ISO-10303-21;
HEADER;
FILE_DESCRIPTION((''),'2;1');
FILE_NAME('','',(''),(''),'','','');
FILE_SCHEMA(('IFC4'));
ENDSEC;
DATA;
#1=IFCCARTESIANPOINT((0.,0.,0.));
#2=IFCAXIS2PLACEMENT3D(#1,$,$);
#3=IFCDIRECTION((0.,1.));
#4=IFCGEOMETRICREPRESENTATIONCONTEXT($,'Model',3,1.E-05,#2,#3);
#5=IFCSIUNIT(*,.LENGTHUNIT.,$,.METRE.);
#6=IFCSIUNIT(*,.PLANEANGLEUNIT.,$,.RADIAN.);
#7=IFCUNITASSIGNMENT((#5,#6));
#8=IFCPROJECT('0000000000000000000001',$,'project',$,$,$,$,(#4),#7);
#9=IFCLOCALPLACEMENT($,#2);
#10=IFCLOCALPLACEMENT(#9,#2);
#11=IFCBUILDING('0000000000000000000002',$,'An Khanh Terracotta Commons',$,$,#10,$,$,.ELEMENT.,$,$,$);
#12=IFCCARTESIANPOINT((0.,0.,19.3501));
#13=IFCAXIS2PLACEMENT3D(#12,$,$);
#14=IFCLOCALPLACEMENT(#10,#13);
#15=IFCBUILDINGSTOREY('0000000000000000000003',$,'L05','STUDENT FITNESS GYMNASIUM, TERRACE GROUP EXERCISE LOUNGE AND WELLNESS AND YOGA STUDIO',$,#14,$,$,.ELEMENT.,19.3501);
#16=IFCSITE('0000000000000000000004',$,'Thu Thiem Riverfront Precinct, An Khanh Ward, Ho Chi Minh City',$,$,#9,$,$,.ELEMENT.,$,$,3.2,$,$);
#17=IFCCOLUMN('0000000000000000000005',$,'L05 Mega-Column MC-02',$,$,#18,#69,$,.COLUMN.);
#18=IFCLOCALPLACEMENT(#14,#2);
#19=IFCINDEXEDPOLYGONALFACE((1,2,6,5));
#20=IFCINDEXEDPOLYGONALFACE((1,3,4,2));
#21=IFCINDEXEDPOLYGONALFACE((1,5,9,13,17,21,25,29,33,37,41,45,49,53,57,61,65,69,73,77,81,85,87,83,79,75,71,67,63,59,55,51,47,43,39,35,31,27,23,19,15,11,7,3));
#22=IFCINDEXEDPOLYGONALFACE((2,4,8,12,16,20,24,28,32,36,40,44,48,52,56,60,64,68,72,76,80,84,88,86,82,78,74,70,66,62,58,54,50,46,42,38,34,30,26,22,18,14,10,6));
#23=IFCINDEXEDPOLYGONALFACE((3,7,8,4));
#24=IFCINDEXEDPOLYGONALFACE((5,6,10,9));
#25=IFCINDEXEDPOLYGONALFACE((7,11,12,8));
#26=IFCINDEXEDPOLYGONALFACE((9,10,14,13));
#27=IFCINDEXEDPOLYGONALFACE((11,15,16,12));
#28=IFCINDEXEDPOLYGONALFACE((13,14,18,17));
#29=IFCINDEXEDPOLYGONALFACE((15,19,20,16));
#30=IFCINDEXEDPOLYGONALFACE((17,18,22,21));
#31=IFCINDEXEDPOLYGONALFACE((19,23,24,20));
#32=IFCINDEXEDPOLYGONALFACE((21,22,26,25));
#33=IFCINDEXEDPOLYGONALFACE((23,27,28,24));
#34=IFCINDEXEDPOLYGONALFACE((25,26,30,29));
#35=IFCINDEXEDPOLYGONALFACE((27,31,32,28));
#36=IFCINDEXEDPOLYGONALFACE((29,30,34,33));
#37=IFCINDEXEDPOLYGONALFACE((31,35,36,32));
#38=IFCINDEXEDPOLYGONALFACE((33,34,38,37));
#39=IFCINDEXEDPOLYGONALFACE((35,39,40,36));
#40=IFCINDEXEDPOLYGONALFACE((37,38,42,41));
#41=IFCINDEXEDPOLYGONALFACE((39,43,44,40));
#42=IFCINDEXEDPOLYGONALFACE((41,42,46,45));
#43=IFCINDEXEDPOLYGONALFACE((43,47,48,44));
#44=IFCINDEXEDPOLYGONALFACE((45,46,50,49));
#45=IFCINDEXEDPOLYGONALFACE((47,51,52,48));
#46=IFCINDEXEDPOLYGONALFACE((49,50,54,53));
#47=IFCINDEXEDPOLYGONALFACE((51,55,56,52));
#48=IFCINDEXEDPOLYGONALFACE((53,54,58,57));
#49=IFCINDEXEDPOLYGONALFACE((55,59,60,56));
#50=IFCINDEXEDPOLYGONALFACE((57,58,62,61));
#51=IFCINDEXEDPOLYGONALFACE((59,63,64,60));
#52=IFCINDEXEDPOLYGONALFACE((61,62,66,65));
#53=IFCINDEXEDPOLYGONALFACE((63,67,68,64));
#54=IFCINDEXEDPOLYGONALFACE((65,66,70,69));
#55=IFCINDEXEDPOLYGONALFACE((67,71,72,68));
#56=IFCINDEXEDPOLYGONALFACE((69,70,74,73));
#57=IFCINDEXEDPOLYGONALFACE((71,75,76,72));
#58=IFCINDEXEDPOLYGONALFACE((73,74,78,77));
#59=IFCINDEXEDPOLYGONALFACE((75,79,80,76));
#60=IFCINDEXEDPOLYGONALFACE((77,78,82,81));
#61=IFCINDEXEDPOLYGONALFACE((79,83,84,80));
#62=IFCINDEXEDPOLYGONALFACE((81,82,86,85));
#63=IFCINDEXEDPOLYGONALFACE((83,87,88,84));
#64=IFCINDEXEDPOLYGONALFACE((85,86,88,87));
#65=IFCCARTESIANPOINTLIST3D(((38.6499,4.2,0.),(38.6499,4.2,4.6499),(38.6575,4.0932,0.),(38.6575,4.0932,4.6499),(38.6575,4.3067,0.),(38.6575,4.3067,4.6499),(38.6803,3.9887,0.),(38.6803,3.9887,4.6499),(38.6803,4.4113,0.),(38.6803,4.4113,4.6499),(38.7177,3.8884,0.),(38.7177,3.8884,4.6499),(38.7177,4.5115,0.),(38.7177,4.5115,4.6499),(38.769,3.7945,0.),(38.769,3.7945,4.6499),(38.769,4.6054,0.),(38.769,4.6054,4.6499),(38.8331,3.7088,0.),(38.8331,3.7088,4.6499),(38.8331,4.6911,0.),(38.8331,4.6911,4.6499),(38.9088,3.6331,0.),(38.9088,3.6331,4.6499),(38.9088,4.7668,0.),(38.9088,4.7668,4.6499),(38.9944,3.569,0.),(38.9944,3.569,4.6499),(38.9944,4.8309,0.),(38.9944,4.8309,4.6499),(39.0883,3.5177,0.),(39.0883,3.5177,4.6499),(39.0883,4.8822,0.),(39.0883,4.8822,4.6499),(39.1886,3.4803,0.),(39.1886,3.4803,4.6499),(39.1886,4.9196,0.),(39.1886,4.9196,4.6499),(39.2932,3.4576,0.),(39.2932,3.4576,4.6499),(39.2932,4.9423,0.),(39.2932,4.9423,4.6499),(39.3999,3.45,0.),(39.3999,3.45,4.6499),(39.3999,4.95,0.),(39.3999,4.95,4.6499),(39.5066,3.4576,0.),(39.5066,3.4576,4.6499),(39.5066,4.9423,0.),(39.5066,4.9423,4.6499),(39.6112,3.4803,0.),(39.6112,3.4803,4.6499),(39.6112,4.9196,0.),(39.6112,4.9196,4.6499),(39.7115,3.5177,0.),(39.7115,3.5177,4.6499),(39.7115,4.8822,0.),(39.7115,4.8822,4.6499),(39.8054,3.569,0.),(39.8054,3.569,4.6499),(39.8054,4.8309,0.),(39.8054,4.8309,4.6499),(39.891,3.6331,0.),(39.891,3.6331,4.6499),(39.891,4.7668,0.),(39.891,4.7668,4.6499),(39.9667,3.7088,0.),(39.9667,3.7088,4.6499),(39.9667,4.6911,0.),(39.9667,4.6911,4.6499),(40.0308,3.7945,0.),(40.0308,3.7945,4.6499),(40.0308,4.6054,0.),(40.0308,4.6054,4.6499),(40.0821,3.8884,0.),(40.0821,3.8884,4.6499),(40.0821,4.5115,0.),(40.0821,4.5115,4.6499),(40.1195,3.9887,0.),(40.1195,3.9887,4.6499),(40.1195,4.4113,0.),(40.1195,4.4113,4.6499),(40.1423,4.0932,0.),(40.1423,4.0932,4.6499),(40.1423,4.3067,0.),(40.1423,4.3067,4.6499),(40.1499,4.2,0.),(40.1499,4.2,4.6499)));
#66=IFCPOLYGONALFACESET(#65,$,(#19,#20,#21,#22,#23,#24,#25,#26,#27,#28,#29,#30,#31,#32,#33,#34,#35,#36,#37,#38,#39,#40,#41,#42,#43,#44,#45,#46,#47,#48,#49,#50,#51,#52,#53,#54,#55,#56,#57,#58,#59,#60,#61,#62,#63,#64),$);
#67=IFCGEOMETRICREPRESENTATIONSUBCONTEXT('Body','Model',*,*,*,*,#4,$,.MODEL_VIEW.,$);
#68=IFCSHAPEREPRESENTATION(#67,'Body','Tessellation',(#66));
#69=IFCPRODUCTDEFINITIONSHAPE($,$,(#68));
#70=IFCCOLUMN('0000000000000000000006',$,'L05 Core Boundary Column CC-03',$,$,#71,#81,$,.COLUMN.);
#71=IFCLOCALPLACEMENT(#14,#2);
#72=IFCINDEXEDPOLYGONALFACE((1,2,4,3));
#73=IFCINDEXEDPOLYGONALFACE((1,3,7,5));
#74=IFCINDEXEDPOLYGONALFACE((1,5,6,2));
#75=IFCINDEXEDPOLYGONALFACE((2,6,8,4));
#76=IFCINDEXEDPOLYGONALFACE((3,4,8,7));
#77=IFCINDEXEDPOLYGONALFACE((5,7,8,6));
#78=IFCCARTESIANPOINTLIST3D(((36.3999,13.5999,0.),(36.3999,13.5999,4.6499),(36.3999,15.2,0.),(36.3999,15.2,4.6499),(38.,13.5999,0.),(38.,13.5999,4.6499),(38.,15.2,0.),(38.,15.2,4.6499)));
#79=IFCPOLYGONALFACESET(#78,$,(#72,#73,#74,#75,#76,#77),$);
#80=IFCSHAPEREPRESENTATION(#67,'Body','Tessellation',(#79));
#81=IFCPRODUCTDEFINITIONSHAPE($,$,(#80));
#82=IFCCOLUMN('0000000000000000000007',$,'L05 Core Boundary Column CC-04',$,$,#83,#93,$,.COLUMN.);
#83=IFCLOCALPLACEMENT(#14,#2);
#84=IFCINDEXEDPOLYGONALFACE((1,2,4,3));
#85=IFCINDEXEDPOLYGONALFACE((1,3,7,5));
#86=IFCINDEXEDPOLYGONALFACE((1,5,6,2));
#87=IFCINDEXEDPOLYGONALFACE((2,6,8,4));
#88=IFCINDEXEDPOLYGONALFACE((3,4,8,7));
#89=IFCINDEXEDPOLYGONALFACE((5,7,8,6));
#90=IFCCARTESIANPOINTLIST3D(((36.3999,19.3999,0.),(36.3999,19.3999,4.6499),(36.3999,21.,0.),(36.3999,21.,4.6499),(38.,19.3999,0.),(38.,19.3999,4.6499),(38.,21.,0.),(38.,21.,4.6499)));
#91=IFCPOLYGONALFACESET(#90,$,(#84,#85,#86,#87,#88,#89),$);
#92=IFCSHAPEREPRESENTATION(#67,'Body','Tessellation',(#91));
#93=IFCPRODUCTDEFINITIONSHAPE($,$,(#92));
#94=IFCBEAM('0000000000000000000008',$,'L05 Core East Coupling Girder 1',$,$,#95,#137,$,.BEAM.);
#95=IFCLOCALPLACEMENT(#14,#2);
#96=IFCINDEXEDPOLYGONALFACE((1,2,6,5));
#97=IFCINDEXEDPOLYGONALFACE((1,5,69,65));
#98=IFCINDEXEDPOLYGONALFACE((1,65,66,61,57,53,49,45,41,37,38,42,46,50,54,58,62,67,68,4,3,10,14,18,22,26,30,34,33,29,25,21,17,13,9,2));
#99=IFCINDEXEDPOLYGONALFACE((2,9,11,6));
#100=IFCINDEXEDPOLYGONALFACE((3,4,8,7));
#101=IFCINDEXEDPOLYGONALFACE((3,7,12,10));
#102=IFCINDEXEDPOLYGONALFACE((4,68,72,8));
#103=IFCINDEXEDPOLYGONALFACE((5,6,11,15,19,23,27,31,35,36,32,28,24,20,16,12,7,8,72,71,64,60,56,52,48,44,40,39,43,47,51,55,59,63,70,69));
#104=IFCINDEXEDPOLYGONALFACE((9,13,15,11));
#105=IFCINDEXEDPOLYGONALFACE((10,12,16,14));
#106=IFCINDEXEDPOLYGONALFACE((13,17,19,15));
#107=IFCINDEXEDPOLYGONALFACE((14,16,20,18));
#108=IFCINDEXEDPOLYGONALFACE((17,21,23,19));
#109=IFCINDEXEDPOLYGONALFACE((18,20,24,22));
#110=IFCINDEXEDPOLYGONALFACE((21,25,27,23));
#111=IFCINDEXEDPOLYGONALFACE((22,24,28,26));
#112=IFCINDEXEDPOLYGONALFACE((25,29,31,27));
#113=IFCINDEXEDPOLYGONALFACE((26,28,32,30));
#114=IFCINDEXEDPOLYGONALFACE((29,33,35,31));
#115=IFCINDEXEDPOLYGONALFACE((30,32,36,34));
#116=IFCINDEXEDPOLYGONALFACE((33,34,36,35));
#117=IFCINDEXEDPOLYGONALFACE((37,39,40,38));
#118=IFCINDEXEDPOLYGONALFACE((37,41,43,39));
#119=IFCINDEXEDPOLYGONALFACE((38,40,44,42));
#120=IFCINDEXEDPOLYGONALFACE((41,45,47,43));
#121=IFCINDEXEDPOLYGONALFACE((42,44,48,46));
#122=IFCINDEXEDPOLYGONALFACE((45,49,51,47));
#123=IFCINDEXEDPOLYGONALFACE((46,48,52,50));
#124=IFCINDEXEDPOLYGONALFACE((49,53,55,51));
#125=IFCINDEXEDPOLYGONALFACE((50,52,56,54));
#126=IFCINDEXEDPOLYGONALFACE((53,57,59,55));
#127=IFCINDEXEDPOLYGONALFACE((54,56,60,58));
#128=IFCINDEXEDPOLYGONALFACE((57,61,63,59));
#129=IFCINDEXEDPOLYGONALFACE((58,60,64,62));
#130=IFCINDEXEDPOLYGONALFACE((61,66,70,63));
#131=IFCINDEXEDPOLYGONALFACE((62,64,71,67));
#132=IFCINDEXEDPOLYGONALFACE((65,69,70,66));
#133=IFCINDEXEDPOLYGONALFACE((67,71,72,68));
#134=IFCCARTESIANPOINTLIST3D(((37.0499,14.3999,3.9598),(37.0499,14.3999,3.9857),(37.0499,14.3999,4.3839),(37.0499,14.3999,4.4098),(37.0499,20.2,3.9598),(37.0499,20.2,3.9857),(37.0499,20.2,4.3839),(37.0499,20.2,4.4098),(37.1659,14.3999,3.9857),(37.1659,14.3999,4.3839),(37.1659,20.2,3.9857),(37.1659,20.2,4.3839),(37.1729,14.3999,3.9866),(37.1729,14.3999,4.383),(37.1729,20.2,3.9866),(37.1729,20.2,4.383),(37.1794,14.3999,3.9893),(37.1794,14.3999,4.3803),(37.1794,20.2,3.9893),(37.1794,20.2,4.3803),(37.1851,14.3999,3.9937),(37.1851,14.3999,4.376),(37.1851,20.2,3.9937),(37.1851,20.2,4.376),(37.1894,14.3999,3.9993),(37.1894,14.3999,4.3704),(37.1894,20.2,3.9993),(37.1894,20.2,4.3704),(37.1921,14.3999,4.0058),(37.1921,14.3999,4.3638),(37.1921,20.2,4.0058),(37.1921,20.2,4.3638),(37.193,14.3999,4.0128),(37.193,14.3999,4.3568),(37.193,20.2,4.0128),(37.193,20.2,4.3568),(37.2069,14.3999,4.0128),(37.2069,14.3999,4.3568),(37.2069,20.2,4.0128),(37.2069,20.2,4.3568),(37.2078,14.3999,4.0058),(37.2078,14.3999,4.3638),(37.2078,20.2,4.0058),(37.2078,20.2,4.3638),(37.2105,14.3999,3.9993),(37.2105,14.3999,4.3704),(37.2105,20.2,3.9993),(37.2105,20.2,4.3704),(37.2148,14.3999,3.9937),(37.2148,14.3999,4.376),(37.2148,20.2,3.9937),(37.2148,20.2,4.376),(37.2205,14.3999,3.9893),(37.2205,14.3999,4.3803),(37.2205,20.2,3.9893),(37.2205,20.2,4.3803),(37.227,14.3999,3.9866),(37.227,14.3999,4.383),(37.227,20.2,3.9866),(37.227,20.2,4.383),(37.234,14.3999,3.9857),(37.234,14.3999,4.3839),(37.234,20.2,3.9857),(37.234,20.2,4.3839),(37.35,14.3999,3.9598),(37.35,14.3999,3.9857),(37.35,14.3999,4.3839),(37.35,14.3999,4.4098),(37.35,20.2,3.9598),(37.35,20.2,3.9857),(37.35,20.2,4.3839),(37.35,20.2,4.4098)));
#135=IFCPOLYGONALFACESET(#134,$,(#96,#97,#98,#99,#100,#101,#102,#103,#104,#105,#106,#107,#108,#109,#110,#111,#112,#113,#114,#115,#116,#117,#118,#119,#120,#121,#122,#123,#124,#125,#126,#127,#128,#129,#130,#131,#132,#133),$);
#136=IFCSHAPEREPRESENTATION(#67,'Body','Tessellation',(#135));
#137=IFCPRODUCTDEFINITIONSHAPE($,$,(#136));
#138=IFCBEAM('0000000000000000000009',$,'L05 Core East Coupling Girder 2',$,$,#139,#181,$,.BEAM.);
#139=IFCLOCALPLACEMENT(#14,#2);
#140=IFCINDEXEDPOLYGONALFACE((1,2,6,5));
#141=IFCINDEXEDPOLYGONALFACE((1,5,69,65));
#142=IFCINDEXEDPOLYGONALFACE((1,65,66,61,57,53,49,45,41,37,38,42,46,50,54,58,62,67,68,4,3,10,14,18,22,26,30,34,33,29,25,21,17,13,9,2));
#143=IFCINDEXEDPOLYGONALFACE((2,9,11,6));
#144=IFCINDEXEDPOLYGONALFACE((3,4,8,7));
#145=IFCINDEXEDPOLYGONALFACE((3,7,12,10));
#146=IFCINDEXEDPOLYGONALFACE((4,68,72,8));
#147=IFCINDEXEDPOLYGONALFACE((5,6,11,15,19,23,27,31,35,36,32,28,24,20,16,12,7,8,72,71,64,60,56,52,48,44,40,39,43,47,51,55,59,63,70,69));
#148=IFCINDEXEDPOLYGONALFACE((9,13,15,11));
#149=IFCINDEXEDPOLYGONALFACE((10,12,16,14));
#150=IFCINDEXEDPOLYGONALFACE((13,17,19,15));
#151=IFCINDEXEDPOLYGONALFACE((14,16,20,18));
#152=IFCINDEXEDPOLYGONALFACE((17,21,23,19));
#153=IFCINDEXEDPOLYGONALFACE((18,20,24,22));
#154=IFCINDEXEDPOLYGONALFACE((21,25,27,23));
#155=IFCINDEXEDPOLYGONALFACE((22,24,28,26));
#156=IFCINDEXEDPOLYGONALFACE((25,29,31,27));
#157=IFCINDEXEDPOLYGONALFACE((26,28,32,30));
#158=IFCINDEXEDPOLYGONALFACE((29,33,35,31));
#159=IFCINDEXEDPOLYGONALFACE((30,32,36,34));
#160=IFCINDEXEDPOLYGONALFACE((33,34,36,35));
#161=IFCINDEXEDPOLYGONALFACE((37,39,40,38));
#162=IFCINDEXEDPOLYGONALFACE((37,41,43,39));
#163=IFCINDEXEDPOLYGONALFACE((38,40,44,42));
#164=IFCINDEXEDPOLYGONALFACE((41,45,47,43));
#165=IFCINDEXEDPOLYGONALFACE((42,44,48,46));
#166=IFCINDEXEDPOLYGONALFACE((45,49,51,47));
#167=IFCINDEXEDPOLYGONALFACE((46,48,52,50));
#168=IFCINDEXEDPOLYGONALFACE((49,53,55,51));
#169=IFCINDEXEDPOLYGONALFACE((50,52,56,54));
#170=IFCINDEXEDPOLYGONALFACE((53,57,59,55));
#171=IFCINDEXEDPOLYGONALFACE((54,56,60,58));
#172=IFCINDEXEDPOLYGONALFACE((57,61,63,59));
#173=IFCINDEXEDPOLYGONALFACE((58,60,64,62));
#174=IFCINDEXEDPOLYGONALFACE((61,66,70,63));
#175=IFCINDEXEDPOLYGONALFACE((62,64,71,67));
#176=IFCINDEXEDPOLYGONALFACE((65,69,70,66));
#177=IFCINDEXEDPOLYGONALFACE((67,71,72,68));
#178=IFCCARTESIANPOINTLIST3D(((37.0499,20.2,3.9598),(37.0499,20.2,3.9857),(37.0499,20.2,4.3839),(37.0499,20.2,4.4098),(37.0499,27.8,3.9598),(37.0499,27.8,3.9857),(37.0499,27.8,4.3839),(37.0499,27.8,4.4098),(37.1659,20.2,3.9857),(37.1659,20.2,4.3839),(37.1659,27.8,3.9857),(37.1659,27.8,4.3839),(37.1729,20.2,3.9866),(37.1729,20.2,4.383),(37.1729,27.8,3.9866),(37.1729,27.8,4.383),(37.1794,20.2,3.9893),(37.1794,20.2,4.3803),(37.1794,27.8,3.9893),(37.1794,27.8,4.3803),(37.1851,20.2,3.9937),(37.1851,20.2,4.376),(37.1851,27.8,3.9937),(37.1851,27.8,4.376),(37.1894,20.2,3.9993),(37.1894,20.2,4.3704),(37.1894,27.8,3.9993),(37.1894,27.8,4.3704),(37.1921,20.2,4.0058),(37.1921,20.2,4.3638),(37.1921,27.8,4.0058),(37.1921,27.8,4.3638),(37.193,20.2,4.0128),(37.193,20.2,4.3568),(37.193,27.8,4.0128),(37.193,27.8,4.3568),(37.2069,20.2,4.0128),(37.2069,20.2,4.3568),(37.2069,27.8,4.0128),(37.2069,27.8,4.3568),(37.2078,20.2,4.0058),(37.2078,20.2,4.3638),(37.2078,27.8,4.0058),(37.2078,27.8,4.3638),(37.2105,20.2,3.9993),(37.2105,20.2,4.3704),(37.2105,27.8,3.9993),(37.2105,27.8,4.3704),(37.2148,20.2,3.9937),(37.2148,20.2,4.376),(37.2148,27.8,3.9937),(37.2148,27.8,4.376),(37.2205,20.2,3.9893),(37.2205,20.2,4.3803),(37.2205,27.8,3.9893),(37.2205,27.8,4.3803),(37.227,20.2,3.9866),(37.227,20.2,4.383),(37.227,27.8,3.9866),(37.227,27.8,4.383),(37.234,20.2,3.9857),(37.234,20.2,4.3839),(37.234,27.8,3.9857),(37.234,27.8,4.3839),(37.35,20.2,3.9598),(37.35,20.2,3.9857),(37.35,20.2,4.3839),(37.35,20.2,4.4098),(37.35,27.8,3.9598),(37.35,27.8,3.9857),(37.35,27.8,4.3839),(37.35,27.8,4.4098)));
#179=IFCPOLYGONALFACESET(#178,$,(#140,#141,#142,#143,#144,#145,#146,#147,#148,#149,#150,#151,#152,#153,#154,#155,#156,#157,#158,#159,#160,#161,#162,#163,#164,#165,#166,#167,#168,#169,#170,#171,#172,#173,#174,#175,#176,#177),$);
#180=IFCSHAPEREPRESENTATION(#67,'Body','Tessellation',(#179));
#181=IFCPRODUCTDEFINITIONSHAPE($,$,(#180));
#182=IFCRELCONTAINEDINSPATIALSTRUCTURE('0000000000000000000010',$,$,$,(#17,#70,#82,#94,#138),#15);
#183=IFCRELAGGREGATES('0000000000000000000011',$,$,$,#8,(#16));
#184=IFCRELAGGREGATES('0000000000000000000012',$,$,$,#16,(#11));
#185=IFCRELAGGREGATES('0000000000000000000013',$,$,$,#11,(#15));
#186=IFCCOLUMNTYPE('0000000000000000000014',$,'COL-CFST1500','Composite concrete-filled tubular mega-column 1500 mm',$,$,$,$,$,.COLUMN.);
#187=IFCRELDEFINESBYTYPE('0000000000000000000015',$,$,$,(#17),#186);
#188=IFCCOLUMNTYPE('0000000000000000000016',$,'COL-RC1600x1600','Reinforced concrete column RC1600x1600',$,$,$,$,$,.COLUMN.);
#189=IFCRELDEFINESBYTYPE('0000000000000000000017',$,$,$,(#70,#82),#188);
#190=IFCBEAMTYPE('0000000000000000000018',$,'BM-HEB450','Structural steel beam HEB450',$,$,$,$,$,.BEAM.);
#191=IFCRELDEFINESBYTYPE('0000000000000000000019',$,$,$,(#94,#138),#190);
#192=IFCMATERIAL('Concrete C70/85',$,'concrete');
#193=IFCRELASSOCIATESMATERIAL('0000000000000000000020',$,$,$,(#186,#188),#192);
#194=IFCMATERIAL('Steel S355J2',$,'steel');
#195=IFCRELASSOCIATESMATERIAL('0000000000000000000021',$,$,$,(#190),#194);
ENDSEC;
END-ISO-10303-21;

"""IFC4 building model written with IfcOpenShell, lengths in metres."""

from ifc_helpers import new_model, si_unit, direction, frame, origin, origin_2d, place, context, subcontext, project, spatial, rectangle, circle, i_section, extrude, material, material_profile, profile_set, type_object, element, save


model = new_model("IFC4")

# Units and contexts
model_context = context("Model", 3, precision=1e-05, world=origin(), true_north=direction((0.0, 1.0)))
body_context = subcontext(model_context, "Body", "Model", "MODEL_VIEW")
ifc_project = project(units=[si_unit("LENGTHUNIT", "METRE"), si_unit("PLANEANGLEUNIT", "RADIAN")], contexts=[model_context])

# Site, building, storey
site_placement = place(None, origin())
site = spatial("IfcSite", under=ifc_project, at=site_placement, Name="Thu Thiem Riverfront Precinct, An Khanh Ward, Ho Chi Minh City", CompositionType="ELEMENT", RefElevation=3.2)
building_placement = place(site_placement, origin())
building = spatial("IfcBuilding", under=site, at=building_placement, Name="An Khanh Terracotta Commons", CompositionType="ELEMENT")
storey_placement = place(building_placement, frame((0.0, 0.0, 19.3501)))
storey = spatial("IfcBuildingStorey", under=building, at=storey_placement, Name="L05", Description="STUDENT FITNESS GYMNASIUM, TERRACE GROUP EXERCISE LOUNGE AND WELLNESS AND YOGA STUDIO", CompositionType="ELEMENT", Elevation=19.3501)

# Columns
ifc_material_1 = material(Name="Concrete C70/85", Category="concrete")
ifc_material_profile_1 = material_profile(ifc_material_1, circle(Radius=0.75, at=origin_2d()), Name="CFST1500")
ifc_profile_set_1 = profile_set([ifc_material_profile_1], Name="Concrete C70/85")
column_type_1 = type_object("IfcColumnType", Name="COL-CFST1500", Description="Composite concrete-filled tubular mega-column 1500 mm", PredefinedType="COLUMN", material=ifc_profile_set_1)
column_placement = place(storey_placement, frame((39.3999, 4.2, 0.0), z_axis=(0.0, 0.0, 1.0), x_axis=(1.0, 0.0, 0.0)))
element("IfcColumn", 1, at=column_placement, inside=storey, type_object=column_type_1, Name="L05 Mega-Column MC-02", PredefinedType="COLUMN", context=body_context, shape_type="SweptSolid", body=[
    extrude(circle(Radius=0.75, at=origin_2d()), origin(), (0.0, 0.0, 1.0), 4.6499),
])
ifc_material_profile_2 = material_profile(ifc_material_1, rectangle(XDim=1.6001, YDim=1.6001, at=origin_2d()), Name="RC1600x1600")
ifc_profile_set_2 = profile_set([ifc_material_profile_2], Name="Concrete C70/85")
column_type_2 = type_object("IfcColumnType", Name="COL-RC1600x1600", Description="Reinforced concrete column RC1600x1600", PredefinedType="COLUMN", material=ifc_profile_set_2)
for number, where, z_axis, x_axis, name in (
    (2, (37.2, 14.3999, 0.0), (0.0, 0.0, 1.0), (1.0, 0.0, 0.0), "L05 Core Boundary Column CC-03"),
    (3, (37.2, 20.2, 0.0), (0.0, 0.0, 1.0), (1.0, 0.0, 0.0), "L05 Core Boundary Column CC-04"),
):
    element("IfcColumn", number, at=place(storey_placement, frame(where, z_axis=z_axis, x_axis=x_axis)), inside=storey, type_object=column_type_2, Name=name, PredefinedType="COLUMN", context=body_context, shape_type="SweptSolid", body=[
        extrude(rectangle(XDim=1.6001, YDim=1.6001, at=origin_2d()), origin(), (0.0, 0.0, 1.0), 4.6499),
    ])

# Beams
ifc_material_2 = material(Name="Steel S355J2", Category="steel")
ifc_material_profile_3 = material_profile(ifc_material_2, i_section(OverallWidth=0.3, OverallDepth=0.45, WebThickness=0.0139, FlangeThickness=0.0259, FilletRadius=0.0271, at=origin_2d()), Name="HEB450")
ifc_profile_set_3 = profile_set([ifc_material_profile_3], Name="Steel S355J2")
beam_type_1 = type_object("IfcBeamType", Name="BM-HEB450", Description="Structural steel beam HEB450", PredefinedType="BEAM", material=ifc_profile_set_3)
beam_1_placement = place(storey_placement, frame((37.2, 14.3999, 4.1848), z_axis=(0.0, 1.0, 0.0), x_axis=(-1.0, 0.0, 0.0)))
element("IfcBeam", 4, at=beam_1_placement, inside=storey, type_object=beam_type_1, Name="L05 Core East Coupling Girder 1", PredefinedType="BEAM", context=body_context, shape_type="SweptSolid", body=[
    extrude(i_section(OverallWidth=0.3, OverallDepth=0.45, WebThickness=0.0139, FlangeThickness=0.0259, FilletRadius=0.0271, at=origin_2d()), origin(), (0.0, 0.0, 1.0), 5.8),
])
beam_2_placement = place(storey_placement, frame((37.2, 20.2, 4.1848), z_axis=(0.0, 1.0, 0.0), x_axis=(-1.0, 0.0, 0.0)))
element("IfcBeam", 5, at=beam_2_placement, inside=storey, type_object=beam_type_1, Name="L05 Core East Coupling Girder 2", PredefinedType="BEAM", context=body_context, shape_type="SweptSolid", body=[
    extrude(i_section(OverallWidth=0.3, OverallDepth=0.45, WebThickness=0.0139, FlangeThickness=0.0259, FilletRadius=0.0271, at=origin_2d()), origin(), (0.0, 0.0, 1.0), 7.6001),
])

save(model, "model.ifc")
